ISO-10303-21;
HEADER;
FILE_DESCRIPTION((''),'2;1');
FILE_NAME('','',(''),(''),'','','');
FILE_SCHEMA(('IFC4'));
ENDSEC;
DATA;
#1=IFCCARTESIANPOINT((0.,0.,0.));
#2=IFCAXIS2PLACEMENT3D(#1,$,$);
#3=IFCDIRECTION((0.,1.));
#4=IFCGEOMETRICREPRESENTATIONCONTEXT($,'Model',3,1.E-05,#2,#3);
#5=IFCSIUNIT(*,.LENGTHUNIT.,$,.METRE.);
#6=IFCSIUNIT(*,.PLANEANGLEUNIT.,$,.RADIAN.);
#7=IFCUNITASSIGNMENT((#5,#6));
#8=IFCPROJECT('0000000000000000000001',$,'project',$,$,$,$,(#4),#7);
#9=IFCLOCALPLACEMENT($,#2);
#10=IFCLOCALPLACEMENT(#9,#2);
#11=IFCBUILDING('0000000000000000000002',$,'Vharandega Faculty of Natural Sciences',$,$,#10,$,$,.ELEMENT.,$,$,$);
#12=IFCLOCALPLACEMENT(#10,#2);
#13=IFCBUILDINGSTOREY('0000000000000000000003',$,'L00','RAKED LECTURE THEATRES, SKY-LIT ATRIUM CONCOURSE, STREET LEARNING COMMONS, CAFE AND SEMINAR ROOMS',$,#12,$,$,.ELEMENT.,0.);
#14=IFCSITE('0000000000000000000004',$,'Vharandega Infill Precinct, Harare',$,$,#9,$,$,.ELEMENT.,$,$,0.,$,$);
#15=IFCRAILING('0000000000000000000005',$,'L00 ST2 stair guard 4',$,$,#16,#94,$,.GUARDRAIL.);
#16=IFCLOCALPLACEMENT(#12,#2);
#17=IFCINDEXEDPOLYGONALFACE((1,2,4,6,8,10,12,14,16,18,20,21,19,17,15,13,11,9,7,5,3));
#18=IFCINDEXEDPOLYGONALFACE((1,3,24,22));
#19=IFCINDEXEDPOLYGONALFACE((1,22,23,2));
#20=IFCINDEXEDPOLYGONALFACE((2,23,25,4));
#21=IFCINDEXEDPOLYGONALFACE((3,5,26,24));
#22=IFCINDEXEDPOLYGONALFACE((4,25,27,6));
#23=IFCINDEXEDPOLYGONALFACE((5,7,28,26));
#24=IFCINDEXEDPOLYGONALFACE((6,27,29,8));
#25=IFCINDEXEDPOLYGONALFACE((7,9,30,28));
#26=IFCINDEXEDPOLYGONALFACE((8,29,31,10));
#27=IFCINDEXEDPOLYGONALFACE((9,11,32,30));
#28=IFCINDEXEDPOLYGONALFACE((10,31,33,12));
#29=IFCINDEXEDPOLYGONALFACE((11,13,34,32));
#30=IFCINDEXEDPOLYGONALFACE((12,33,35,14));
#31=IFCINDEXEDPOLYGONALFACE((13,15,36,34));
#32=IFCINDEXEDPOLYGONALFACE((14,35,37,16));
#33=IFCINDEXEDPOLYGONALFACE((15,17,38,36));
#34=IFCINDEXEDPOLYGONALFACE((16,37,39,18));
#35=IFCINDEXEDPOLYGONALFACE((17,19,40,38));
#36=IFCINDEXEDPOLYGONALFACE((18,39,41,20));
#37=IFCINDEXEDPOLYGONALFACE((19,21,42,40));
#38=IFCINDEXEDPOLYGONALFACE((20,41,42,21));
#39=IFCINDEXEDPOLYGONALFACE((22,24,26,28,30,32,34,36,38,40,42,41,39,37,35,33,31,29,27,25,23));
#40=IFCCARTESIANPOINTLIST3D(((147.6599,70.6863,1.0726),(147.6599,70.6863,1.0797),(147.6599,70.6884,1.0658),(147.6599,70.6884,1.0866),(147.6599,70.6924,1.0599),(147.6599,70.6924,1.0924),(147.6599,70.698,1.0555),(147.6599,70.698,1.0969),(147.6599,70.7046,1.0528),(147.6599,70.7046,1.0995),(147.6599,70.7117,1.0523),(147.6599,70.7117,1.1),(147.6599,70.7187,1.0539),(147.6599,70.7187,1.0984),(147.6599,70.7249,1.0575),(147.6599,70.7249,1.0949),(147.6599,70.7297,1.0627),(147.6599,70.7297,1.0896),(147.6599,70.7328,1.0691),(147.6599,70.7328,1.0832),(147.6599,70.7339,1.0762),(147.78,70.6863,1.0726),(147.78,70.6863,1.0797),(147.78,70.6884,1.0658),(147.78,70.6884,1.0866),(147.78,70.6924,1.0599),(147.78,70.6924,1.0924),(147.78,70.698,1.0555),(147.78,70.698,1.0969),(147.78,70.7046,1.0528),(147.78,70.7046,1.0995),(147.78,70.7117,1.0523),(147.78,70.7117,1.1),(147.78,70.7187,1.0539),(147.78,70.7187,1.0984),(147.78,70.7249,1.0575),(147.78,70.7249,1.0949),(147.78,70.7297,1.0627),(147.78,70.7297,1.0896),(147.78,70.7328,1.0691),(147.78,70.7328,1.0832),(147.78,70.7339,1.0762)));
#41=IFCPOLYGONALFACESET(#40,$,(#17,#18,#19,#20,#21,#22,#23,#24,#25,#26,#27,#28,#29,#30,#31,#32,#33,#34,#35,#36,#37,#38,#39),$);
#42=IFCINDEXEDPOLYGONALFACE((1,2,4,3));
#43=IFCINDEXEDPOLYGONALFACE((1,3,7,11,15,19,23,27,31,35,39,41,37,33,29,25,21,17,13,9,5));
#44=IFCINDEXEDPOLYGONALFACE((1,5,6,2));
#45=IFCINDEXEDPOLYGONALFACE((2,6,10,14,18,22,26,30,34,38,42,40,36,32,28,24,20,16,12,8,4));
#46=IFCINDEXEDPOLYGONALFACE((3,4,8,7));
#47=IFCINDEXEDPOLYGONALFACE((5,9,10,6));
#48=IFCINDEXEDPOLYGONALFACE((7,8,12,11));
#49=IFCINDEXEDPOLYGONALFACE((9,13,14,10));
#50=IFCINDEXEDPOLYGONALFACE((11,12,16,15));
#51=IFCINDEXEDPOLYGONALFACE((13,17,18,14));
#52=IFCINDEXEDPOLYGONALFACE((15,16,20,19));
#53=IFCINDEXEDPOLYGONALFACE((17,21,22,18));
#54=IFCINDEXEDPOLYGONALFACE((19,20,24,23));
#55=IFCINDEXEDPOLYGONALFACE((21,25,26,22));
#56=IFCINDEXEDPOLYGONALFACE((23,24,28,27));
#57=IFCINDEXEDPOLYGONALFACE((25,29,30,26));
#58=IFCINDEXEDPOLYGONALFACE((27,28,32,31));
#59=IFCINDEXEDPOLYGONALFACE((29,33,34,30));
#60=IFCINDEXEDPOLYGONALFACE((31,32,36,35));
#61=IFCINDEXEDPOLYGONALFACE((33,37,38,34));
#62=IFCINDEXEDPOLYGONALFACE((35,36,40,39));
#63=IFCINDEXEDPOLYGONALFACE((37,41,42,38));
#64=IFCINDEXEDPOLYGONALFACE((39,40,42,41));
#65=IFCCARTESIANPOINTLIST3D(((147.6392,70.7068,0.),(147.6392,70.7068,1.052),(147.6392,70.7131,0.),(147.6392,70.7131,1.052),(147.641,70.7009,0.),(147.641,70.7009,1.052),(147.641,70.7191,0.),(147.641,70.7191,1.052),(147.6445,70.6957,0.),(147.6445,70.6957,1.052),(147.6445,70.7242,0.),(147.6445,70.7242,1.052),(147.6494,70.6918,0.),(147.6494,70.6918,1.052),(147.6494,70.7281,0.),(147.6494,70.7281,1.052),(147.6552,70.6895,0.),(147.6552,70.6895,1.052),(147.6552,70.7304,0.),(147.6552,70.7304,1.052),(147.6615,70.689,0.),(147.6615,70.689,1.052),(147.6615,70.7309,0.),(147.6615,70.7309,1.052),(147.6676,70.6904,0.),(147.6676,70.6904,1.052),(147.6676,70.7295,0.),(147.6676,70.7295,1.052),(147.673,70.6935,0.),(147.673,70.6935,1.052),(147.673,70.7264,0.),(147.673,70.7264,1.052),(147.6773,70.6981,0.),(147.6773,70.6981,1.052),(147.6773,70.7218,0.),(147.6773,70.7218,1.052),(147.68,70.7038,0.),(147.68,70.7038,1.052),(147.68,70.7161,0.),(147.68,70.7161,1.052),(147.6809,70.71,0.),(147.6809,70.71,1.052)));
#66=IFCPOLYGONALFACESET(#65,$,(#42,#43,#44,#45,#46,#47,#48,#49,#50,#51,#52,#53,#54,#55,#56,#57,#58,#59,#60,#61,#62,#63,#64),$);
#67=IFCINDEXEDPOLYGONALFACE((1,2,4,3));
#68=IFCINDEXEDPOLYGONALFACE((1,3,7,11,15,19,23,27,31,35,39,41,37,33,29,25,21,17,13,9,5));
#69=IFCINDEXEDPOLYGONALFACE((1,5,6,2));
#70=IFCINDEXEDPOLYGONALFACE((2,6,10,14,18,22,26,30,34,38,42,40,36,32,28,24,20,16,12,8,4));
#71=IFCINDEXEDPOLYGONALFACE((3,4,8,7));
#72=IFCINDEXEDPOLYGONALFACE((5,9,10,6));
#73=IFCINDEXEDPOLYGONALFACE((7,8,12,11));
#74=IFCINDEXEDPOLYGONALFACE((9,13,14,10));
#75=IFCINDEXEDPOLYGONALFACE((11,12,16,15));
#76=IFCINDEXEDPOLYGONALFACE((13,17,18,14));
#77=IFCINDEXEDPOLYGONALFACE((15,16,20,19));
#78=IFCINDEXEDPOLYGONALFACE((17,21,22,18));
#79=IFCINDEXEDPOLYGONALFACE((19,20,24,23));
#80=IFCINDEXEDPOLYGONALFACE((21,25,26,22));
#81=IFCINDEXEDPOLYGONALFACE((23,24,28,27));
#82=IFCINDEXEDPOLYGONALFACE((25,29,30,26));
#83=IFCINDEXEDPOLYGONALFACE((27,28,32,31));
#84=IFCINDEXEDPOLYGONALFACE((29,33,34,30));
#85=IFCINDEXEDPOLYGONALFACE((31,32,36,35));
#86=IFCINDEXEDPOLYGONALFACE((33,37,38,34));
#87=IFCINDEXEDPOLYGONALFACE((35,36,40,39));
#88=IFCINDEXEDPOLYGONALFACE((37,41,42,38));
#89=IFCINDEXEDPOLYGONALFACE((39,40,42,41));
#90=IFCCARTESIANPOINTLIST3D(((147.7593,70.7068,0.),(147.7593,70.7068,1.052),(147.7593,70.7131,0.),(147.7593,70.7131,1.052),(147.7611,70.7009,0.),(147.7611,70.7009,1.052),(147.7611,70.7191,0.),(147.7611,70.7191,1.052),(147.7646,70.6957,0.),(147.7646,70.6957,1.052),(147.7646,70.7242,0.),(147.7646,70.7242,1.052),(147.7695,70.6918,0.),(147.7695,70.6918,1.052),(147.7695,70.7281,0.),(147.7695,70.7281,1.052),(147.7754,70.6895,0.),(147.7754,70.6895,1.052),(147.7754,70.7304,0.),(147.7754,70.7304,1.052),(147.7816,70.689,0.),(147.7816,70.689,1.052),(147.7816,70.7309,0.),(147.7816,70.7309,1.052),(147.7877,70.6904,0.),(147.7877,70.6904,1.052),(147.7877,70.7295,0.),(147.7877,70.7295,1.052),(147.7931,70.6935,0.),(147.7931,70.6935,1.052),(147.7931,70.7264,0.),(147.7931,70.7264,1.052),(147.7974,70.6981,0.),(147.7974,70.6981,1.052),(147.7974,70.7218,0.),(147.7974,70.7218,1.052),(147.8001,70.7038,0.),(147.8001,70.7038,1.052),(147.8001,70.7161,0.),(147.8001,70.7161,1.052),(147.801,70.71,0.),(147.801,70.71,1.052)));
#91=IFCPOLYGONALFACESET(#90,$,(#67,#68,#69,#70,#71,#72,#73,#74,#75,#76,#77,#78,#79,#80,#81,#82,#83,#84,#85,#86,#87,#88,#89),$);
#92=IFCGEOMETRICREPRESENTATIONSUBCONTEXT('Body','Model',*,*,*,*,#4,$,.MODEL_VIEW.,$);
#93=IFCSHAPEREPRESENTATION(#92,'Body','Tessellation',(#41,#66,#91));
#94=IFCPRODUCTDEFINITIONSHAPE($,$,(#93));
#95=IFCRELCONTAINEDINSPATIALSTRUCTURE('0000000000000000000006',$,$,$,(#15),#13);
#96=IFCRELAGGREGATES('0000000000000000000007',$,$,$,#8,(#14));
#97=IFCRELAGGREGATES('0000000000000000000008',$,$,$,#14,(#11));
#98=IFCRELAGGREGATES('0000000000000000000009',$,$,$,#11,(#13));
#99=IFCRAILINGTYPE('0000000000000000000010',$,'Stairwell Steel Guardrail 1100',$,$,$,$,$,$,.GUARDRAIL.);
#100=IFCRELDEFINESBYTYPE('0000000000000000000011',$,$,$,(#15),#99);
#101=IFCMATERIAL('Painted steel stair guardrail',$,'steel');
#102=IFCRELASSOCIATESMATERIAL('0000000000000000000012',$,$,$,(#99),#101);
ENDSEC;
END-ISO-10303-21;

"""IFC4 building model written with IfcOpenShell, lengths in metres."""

from ifc_helpers import new_model, si_unit, direction, frame, origin, origin_2d, place, context, subcontext, project, spatial, circle, extrude, material, type_object, element, save


model = new_model("IFC4")

# Units and contexts
model_context = context("Model", 3, precision=1e-05, world=origin(), true_north=direction((0.0, 1.0)))
body_context = subcontext(model_context, "Body", "Model", "MODEL_VIEW")
ifc_project = project(units=[si_unit("LENGTHUNIT", "METRE"), si_unit("PLANEANGLEUNIT", "RADIAN")], contexts=[model_context])

# Site, building, storey
site_placement = place(None, origin())
site = spatial("IfcSite", under=ifc_project, at=site_placement, Name="Vharandega Infill Precinct, Harare", CompositionType="ELEMENT", RefElevation=0.0)
building_placement = place(site_placement, origin())
building = spatial("IfcBuilding", under=site, at=building_placement, Name="Vharandega Faculty of Natural Sciences", CompositionType="ELEMENT")
storey_placement = place(building_placement, origin())
storey = spatial("IfcBuildingStorey", under=building, at=storey_placement, Name="L00", Description="RAKED LECTURE THEATRES, SKY-LIT ATRIUM CONCOURSE, STREET LEARNING COMMONS, CAFE AND SEMINAR ROOMS", CompositionType="ELEMENT", Elevation=0.0)

# Railing
ifc_material_1 = material(Name="Painted steel stair guardrail", Category="steel")
railing_type_1 = type_object("IfcRailingType", Name="Stairwell Steel Guardrail 1100", PredefinedType="GUARDRAIL", material=ifc_material_1)
railing_1_placement = place(storey_placement, frame((147.6599, 70.71, 0.0)))
element("IfcRailing", 1, at=railing_1_placement, inside=storey, type_object=railing_type_1, Name="L00 ST2 stair guard 4", PredefinedType="GUARDRAIL", context=body_context, shape_type="SweptSolid", body=[
    extrude(circle(Radius=0.0239, at=origin_2d()), frame((0.0, 0.0, 1.0762), z_axis=(1.0, 0.0, 0.0), x_axis=(0.0, 1.0, 0.0)), (0.0, 0.0, 1.0), 0.1201),
    extrude(circle(Radius=0.021, at=origin_2d()), origin(), (0.0, 0.0, 1.0), 1.052),
    extrude(circle(Radius=0.021, at=origin_2d()), frame((0.1201, 0.0, 0.0)), (0.0, 0.0, 1.0), 1.052),
])

save(model, "model.ifc")
